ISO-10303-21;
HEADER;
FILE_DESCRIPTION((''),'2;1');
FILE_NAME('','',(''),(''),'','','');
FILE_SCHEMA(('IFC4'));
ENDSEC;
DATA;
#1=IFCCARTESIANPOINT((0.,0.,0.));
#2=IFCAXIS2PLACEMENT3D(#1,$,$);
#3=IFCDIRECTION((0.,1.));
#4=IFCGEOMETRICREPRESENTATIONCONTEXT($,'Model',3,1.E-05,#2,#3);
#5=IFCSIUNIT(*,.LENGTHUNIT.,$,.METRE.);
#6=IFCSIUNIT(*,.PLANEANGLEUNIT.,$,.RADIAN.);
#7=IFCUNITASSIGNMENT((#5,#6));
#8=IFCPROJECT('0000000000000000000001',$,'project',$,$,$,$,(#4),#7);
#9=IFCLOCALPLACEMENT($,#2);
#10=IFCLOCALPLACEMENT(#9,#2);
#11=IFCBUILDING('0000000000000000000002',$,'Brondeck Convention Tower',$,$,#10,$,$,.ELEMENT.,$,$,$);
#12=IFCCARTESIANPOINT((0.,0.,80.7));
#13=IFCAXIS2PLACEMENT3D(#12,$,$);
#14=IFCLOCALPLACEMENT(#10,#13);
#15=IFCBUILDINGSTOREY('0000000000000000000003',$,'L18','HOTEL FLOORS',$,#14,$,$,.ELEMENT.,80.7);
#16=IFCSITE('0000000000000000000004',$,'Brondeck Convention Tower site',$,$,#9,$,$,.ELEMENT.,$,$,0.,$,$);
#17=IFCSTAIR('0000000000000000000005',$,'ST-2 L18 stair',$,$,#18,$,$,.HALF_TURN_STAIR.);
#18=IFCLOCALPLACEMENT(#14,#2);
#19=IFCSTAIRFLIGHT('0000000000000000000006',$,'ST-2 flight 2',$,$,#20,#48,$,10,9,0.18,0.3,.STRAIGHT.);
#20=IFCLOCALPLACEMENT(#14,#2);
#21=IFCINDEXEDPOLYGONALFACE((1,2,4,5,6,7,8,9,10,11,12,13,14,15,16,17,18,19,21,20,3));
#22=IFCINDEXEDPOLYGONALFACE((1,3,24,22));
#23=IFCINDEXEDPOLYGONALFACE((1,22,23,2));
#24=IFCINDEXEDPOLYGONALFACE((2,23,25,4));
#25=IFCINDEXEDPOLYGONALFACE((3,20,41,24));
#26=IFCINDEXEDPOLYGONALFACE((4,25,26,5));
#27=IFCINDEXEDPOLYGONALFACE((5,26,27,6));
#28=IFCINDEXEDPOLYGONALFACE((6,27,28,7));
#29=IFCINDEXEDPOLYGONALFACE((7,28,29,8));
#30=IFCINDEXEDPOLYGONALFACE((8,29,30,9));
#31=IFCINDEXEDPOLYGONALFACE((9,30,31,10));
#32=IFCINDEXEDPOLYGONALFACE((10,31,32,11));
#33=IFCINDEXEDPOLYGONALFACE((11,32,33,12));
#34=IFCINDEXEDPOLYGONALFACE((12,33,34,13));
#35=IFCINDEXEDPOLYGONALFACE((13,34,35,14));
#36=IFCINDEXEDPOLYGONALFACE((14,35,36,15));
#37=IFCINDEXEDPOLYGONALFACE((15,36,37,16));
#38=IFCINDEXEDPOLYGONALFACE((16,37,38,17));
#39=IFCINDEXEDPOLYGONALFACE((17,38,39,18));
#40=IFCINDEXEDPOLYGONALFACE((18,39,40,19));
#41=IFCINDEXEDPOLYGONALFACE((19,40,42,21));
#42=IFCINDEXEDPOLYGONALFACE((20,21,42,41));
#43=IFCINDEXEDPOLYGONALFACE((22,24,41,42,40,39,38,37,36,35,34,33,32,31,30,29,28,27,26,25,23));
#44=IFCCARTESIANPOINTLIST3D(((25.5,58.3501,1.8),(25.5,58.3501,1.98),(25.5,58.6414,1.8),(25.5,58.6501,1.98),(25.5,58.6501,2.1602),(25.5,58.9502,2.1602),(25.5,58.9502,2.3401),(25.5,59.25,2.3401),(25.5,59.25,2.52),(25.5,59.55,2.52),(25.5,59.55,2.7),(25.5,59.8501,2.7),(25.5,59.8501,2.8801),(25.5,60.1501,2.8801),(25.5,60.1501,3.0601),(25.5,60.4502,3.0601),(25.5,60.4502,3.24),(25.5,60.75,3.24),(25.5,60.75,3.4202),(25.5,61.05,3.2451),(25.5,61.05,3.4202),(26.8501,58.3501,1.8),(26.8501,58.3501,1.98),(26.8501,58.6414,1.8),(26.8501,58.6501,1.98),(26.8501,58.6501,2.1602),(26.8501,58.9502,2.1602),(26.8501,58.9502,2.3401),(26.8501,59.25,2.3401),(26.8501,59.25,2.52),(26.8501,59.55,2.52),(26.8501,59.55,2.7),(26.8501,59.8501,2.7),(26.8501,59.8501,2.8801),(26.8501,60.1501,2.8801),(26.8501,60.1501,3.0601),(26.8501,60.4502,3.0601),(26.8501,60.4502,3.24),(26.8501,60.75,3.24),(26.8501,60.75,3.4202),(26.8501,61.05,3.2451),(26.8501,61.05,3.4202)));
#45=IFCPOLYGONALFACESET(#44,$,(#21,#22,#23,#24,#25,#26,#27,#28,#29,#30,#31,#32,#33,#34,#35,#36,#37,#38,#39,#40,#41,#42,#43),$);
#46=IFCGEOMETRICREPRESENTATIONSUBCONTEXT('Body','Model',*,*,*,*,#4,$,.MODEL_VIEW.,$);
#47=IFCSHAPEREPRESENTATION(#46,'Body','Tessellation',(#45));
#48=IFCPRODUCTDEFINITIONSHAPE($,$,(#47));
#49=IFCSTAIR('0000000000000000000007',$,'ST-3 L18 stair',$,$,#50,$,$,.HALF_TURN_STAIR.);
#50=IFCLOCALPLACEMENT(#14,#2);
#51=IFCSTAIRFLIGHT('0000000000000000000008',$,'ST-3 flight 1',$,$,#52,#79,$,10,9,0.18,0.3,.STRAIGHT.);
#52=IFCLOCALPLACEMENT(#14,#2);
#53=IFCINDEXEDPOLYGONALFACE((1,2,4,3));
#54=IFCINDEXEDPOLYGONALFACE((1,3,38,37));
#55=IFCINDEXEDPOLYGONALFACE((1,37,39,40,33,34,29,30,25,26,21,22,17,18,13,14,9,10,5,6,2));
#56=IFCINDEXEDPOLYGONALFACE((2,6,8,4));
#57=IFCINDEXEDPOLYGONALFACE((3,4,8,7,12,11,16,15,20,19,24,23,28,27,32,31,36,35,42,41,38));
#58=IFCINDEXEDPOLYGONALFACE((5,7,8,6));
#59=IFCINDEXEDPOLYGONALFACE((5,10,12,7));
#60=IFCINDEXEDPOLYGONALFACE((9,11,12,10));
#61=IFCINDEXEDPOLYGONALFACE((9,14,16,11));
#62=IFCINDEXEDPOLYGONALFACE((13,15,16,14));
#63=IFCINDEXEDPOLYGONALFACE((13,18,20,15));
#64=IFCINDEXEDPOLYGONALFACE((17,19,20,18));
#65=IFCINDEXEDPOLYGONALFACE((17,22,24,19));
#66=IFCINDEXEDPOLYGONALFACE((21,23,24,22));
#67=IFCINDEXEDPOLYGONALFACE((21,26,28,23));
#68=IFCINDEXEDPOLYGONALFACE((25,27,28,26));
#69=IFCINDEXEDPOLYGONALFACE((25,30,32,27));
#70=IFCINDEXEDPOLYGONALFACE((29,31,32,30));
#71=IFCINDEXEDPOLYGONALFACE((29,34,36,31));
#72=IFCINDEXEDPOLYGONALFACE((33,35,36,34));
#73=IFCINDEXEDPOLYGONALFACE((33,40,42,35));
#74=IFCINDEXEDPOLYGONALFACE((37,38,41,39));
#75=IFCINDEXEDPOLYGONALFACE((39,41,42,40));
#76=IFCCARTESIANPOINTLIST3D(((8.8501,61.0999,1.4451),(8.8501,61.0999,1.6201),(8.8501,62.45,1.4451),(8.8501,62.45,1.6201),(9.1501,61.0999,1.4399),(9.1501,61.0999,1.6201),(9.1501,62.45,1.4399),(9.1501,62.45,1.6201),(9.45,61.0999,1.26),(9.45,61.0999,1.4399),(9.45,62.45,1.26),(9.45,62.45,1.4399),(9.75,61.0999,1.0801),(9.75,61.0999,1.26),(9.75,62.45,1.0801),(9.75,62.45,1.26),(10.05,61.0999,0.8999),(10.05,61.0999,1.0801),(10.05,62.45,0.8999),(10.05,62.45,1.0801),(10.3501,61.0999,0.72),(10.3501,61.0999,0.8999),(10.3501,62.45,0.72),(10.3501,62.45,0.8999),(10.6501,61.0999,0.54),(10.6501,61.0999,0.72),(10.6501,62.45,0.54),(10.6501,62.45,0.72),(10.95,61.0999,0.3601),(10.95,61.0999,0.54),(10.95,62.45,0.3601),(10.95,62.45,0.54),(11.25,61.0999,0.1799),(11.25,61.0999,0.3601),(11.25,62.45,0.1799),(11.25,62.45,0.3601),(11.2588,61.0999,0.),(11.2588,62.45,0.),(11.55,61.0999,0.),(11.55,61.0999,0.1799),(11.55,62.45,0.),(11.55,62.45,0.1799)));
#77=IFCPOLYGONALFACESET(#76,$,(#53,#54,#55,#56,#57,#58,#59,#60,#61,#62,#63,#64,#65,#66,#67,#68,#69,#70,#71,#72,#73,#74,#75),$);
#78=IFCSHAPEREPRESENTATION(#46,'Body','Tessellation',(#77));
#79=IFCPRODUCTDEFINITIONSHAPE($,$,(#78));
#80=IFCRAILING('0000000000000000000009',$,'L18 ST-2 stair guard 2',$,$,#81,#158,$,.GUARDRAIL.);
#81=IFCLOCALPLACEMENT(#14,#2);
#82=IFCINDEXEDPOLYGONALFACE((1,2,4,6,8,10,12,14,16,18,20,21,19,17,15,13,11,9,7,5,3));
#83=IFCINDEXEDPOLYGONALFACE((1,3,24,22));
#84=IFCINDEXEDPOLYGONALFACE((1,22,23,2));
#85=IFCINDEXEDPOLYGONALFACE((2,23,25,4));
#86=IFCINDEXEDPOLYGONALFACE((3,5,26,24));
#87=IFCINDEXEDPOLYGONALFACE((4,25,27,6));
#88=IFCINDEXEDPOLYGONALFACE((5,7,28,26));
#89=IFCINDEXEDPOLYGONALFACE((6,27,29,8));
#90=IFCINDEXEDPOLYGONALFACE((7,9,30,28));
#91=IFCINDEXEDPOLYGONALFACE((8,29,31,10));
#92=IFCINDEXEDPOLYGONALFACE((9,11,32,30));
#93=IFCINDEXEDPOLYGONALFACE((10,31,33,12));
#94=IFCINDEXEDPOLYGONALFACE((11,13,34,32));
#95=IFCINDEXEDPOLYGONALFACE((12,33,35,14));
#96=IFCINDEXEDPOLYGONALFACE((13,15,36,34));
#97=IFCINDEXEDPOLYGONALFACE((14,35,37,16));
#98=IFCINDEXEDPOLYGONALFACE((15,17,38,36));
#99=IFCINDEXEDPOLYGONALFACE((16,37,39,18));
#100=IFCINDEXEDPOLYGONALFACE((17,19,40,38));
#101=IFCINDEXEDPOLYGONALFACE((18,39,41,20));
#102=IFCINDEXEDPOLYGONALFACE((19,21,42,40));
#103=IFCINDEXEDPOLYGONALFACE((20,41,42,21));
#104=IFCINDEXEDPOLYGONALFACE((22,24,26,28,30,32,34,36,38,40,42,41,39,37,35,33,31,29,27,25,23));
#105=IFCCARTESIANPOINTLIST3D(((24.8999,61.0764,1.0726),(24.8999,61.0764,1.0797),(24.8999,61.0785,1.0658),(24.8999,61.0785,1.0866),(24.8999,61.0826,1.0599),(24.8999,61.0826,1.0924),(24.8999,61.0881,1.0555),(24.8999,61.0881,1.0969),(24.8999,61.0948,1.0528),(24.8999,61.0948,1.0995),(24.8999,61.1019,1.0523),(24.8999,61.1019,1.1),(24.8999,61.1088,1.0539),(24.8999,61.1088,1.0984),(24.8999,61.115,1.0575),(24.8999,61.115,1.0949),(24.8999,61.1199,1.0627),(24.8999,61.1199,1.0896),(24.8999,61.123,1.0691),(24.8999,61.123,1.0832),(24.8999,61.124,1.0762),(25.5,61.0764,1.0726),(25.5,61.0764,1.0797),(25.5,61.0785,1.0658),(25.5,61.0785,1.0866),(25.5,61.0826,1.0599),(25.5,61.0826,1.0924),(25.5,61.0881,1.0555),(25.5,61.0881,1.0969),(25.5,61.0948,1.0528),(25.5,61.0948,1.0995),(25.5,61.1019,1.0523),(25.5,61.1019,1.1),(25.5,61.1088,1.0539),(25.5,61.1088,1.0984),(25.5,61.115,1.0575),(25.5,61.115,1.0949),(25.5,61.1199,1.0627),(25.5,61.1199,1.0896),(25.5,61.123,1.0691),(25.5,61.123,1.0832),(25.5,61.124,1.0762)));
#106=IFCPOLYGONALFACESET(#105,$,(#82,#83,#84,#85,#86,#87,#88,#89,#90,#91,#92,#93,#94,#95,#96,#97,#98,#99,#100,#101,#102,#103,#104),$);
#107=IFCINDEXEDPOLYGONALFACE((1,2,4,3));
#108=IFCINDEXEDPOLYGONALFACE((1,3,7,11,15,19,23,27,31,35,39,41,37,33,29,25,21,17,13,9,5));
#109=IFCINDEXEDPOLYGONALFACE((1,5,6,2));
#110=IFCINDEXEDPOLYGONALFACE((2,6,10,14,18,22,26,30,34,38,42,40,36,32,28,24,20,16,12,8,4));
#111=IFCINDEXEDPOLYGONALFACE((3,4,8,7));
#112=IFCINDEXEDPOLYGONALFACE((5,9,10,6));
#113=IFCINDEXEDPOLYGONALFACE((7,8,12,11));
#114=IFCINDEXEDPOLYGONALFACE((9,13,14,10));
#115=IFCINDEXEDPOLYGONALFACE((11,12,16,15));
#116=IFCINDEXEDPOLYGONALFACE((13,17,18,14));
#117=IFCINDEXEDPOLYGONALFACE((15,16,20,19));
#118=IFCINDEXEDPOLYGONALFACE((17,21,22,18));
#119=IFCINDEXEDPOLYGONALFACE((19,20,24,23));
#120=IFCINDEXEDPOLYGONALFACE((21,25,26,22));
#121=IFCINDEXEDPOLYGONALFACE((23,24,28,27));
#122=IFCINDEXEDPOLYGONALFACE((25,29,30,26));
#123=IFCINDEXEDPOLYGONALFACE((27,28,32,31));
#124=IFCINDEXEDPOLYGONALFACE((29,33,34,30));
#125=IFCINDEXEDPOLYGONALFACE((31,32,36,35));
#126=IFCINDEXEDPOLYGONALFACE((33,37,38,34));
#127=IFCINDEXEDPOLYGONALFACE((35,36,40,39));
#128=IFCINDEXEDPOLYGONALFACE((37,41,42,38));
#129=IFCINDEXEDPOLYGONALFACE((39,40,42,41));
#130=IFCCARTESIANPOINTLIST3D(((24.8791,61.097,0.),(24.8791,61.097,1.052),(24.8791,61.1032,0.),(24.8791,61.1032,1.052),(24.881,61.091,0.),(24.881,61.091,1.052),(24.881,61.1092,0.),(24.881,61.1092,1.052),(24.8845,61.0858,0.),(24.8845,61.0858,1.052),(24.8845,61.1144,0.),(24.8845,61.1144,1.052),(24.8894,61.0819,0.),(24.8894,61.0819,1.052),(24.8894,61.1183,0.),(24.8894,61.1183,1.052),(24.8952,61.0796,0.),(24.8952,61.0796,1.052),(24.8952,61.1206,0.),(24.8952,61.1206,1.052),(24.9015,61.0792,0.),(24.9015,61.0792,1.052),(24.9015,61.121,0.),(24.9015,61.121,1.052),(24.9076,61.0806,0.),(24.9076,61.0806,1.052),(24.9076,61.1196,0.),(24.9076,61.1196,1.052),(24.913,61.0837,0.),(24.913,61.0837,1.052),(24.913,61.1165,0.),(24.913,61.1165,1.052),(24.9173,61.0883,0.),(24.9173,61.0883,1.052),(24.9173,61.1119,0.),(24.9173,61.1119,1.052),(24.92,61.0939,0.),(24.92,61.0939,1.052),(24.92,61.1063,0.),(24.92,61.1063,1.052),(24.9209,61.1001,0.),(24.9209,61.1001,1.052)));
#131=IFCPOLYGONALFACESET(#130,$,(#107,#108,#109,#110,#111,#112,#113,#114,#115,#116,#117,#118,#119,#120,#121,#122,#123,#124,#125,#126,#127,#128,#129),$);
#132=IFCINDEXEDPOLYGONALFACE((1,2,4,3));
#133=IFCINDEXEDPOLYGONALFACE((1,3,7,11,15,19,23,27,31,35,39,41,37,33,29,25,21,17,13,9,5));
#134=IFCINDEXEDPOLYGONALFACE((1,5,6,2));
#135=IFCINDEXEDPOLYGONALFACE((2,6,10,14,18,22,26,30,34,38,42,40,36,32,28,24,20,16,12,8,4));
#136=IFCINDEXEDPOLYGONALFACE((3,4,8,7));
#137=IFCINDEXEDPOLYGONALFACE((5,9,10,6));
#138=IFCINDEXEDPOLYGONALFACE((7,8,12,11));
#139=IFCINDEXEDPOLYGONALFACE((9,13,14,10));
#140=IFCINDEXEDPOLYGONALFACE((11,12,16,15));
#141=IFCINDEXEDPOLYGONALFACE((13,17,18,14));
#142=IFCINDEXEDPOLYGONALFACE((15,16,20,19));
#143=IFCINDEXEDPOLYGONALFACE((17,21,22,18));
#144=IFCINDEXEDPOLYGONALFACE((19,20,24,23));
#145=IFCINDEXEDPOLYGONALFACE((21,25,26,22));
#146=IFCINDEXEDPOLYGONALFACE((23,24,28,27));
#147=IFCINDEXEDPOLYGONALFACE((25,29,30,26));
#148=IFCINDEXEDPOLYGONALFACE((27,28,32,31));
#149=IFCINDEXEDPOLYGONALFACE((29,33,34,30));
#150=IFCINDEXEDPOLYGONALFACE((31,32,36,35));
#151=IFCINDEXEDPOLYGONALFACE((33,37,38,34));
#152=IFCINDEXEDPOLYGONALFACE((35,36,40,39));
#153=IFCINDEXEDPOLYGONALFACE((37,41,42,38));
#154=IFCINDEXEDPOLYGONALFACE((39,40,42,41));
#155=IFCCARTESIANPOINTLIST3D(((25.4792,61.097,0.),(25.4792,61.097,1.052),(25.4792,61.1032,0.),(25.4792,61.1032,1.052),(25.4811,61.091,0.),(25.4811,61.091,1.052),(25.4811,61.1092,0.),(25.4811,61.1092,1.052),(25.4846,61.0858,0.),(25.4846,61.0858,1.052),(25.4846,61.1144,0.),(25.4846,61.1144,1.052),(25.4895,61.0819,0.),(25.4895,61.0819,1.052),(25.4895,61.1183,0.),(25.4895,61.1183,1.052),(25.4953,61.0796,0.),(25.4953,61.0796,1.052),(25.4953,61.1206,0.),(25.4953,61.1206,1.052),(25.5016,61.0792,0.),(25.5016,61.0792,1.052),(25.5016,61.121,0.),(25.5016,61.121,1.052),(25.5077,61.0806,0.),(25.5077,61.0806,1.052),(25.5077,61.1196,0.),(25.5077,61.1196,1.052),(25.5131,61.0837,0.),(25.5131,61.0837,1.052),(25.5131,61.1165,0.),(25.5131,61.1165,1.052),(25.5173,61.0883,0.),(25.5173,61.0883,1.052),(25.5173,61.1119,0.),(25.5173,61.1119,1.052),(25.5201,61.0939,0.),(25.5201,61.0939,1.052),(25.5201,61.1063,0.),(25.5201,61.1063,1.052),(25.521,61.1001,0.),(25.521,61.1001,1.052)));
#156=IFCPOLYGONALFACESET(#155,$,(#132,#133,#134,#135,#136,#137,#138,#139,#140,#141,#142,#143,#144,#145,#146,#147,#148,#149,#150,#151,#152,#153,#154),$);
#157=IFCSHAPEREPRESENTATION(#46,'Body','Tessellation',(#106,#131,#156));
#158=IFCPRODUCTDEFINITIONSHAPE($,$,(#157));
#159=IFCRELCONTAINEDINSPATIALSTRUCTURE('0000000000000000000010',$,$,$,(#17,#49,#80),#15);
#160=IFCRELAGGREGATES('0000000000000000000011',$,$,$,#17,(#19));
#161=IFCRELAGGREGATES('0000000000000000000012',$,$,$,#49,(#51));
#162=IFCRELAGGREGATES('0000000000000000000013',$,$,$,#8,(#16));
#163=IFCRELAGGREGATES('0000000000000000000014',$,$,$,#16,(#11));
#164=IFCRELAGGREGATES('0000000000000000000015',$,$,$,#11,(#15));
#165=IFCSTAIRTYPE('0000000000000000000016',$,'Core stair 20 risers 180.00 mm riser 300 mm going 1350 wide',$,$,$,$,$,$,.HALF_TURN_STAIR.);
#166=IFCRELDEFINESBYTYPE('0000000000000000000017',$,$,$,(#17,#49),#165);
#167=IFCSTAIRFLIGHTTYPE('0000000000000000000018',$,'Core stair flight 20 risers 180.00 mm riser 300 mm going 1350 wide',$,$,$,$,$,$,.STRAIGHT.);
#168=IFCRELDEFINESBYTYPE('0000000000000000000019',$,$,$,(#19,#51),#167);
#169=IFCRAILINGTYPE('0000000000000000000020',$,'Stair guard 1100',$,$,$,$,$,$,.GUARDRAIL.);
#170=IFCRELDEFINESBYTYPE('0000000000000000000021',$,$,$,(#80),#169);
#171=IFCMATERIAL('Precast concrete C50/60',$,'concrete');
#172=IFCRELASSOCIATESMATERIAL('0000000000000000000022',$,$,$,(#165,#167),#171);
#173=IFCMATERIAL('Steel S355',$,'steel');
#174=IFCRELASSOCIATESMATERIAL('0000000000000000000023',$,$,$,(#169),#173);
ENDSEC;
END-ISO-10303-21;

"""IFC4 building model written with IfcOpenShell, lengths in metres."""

from ifc_helpers import new_model, si_unit, direction, frame, origin, origin_2d, place, context, subcontext, project, spatial, polyline, circle, outline, extrude, material, type_object, element, aggregate, save


model = new_model("IFC4")

# Units and contexts
model_context = context("Model", 3, precision=1e-05, world=origin(), true_north=direction((0.0, 1.0)))
body_context = subcontext(model_context, "Body", "Model", "MODEL_VIEW")
ifc_project = project(units=[si_unit("LENGTHUNIT", "METRE"), si_unit("PLANEANGLEUNIT", "RADIAN")], contexts=[model_context])

# Site, building, storey
site_placement = place(None, origin())
site = spatial("IfcSite", under=ifc_project, at=site_placement, Name="Brondeck Convention Tower site", CompositionType="ELEMENT", RefElevation=0.0)
building_placement = place(site_placement, origin())
building = spatial("IfcBuilding", under=site, at=building_placement, Name="Brondeck Convention Tower", CompositionType="ELEMENT")
storey_placement = place(building_placement, frame((0.0, 0.0, 80.7)))
storey = spatial("IfcBuildingStorey", under=building, at=storey_placement, Name="L18", Description="HOTEL FLOORS", CompositionType="ELEMENT", Elevation=80.7)

# Stair, stair flight
ifc_material_1 = material(Name="Precast concrete C50/60", Category="concrete")
stair_type = type_object("IfcStairType", Name="Core stair 20 risers 180.00 mm riser 300 mm going 1350 wide", PredefinedType="HALF_TURN_STAIR", material=ifc_material_1)
stair_1_placement = place(storey_placement, origin())
stair_1 = element("IfcStair", 1, at=stair_1_placement, inside=storey, type_object=stair_type, Name="ST-2 L18 stair", PredefinedType="HALF_TURN_STAIR")
stair_flight_type = type_object("IfcStairFlightType", Name="Core stair flight 20 risers 180.00 mm riser 300 mm going 1350 wide", PredefinedType="STRAIGHT", material=ifc_material_1)
stair_flight_1_placement = place(storey_placement, frame((26.175, 58.3501, 1.8), z_axis=(0.0, 0.0, 1.0), x_axis=(0.0, 1.0, 0.0)))
stair_flight_1 = element("IfcStairFlight", 2, at=stair_flight_1_placement, type_object=stair_flight_type, Name="ST-2 flight 2", NumberOfRisers=10, NumberOfTreads=9, PredefinedType="STRAIGHT", RiserHeight=0.18, TreadLength=0.3, context=body_context, shape_type="SweptSolid", body=[
    extrude(outline(polyline([(0.0, 0.0), (0.0, 0.1799), (0.3, 0.1799), (0.3, 0.3601), (0.6001, 0.3601), (0.6001, 0.54), (0.8999, 0.54), (0.8999, 0.72), (1.2, 0.72), (1.2, 0.8999), (1.5, 0.8999), (1.5, 1.0801), (1.8, 1.0801), (1.8, 1.26), (2.1001, 1.26), (2.1001, 1.4399), (2.3999, 1.4399), (2.3999, 1.6201), (2.7, 1.6201), (2.7, 1.8), (2.7, 1.4451), (0.2913, 0.0), (0.0, 0.0)])), frame((0.0, 0.675, 0.0), z_axis=(0.0, -1.0, 0.0), x_axis=(1.0, 0.0, 0.0)), (0.0, 0.0, 1.0), 1.3501),
])
aggregate(stair_1, [stair_flight_1])

# Stair, stair flight
stair_2_placement = place(storey_placement, origin())
stair_2 = element("IfcStair", 3, at=stair_2_placement, inside=storey, type_object=stair_type, Name="ST-3 L18 stair", PredefinedType="HALF_TURN_STAIR")
stair_flight_2_placement = place(storey_placement, frame((11.55, 61.7749, 0.0), z_axis=(0.0, 0.0, 1.0), x_axis=(-1.0, 0.0, 0.0)))
stair_flight_2 = element("IfcStairFlight", 4, at=stair_flight_2_placement, type_object=stair_flight_type, Name="ST-3 flight 1", NumberOfRisers=10, NumberOfTreads=9, PredefinedType="STRAIGHT", RiserHeight=0.18, TreadLength=0.3, context=body_context, shape_type="SweptSolid", body=[
    extrude(outline(polyline([(0.0, 0.0), (0.0, 0.1799), (0.3, 0.1799), (0.3, 0.3601), (0.6001, 0.3601), (0.6001, 0.54), (0.8999, 0.54), (0.8999, 0.72), (1.2, 0.72), (1.2, 0.8999), (1.5, 0.8999), (1.5, 1.0801), (1.8, 1.0801), (1.8, 1.26), (2.1001, 1.26), (2.1001, 1.4399), (2.3999, 1.4399), (2.3999, 1.6201), (2.7, 1.6201), (2.7, 1.8), (2.7, 1.4451), (0.2913, 0.0), (0.0, 0.0)])), frame((0.0, 0.675, 0.0), z_axis=(0.0, -1.0, 0.0), x_axis=(1.0, 0.0, 0.0)), (0.0, 0.0, 1.0), 1.3501),
])
aggregate(stair_2, [stair_flight_2])

# Railing
ifc_material_2 = material(Name="Steel S355", Category="steel")
railing_type_1 = type_object("IfcRailingType", Name="Stair guard 1100", PredefinedType="GUARDRAIL", material=ifc_material_2)
railing_1_placement = place(storey_placement, frame((24.8999, 61.1001, 0.0)))
element("IfcRailing", 5, at=railing_1_placement, inside=storey, type_object=railing_type_1, Name="L18 ST-2 stair guard 2", PredefinedType="GUARDRAIL", context=body_context, shape_type="SweptSolid", body=[
    extrude(circle(Radius=0.0239, at=origin_2d()), frame((0.0, 0.0, 1.0762), z_axis=(1.0, 0.0, 0.0), x_axis=(0.0, 1.0, 0.0)), (0.0, 0.0, 1.0), 0.6001),
    extrude(circle(Radius=0.021, at=origin_2d()), origin(), (0.0, 0.0, 1.0), 1.052),
    extrude(circle(Radius=0.021, at=origin_2d()), frame((0.6001, 0.0, 0.0)), (0.0, 0.0, 1.0), 1.052),
])

save(model, "model.ifc")
